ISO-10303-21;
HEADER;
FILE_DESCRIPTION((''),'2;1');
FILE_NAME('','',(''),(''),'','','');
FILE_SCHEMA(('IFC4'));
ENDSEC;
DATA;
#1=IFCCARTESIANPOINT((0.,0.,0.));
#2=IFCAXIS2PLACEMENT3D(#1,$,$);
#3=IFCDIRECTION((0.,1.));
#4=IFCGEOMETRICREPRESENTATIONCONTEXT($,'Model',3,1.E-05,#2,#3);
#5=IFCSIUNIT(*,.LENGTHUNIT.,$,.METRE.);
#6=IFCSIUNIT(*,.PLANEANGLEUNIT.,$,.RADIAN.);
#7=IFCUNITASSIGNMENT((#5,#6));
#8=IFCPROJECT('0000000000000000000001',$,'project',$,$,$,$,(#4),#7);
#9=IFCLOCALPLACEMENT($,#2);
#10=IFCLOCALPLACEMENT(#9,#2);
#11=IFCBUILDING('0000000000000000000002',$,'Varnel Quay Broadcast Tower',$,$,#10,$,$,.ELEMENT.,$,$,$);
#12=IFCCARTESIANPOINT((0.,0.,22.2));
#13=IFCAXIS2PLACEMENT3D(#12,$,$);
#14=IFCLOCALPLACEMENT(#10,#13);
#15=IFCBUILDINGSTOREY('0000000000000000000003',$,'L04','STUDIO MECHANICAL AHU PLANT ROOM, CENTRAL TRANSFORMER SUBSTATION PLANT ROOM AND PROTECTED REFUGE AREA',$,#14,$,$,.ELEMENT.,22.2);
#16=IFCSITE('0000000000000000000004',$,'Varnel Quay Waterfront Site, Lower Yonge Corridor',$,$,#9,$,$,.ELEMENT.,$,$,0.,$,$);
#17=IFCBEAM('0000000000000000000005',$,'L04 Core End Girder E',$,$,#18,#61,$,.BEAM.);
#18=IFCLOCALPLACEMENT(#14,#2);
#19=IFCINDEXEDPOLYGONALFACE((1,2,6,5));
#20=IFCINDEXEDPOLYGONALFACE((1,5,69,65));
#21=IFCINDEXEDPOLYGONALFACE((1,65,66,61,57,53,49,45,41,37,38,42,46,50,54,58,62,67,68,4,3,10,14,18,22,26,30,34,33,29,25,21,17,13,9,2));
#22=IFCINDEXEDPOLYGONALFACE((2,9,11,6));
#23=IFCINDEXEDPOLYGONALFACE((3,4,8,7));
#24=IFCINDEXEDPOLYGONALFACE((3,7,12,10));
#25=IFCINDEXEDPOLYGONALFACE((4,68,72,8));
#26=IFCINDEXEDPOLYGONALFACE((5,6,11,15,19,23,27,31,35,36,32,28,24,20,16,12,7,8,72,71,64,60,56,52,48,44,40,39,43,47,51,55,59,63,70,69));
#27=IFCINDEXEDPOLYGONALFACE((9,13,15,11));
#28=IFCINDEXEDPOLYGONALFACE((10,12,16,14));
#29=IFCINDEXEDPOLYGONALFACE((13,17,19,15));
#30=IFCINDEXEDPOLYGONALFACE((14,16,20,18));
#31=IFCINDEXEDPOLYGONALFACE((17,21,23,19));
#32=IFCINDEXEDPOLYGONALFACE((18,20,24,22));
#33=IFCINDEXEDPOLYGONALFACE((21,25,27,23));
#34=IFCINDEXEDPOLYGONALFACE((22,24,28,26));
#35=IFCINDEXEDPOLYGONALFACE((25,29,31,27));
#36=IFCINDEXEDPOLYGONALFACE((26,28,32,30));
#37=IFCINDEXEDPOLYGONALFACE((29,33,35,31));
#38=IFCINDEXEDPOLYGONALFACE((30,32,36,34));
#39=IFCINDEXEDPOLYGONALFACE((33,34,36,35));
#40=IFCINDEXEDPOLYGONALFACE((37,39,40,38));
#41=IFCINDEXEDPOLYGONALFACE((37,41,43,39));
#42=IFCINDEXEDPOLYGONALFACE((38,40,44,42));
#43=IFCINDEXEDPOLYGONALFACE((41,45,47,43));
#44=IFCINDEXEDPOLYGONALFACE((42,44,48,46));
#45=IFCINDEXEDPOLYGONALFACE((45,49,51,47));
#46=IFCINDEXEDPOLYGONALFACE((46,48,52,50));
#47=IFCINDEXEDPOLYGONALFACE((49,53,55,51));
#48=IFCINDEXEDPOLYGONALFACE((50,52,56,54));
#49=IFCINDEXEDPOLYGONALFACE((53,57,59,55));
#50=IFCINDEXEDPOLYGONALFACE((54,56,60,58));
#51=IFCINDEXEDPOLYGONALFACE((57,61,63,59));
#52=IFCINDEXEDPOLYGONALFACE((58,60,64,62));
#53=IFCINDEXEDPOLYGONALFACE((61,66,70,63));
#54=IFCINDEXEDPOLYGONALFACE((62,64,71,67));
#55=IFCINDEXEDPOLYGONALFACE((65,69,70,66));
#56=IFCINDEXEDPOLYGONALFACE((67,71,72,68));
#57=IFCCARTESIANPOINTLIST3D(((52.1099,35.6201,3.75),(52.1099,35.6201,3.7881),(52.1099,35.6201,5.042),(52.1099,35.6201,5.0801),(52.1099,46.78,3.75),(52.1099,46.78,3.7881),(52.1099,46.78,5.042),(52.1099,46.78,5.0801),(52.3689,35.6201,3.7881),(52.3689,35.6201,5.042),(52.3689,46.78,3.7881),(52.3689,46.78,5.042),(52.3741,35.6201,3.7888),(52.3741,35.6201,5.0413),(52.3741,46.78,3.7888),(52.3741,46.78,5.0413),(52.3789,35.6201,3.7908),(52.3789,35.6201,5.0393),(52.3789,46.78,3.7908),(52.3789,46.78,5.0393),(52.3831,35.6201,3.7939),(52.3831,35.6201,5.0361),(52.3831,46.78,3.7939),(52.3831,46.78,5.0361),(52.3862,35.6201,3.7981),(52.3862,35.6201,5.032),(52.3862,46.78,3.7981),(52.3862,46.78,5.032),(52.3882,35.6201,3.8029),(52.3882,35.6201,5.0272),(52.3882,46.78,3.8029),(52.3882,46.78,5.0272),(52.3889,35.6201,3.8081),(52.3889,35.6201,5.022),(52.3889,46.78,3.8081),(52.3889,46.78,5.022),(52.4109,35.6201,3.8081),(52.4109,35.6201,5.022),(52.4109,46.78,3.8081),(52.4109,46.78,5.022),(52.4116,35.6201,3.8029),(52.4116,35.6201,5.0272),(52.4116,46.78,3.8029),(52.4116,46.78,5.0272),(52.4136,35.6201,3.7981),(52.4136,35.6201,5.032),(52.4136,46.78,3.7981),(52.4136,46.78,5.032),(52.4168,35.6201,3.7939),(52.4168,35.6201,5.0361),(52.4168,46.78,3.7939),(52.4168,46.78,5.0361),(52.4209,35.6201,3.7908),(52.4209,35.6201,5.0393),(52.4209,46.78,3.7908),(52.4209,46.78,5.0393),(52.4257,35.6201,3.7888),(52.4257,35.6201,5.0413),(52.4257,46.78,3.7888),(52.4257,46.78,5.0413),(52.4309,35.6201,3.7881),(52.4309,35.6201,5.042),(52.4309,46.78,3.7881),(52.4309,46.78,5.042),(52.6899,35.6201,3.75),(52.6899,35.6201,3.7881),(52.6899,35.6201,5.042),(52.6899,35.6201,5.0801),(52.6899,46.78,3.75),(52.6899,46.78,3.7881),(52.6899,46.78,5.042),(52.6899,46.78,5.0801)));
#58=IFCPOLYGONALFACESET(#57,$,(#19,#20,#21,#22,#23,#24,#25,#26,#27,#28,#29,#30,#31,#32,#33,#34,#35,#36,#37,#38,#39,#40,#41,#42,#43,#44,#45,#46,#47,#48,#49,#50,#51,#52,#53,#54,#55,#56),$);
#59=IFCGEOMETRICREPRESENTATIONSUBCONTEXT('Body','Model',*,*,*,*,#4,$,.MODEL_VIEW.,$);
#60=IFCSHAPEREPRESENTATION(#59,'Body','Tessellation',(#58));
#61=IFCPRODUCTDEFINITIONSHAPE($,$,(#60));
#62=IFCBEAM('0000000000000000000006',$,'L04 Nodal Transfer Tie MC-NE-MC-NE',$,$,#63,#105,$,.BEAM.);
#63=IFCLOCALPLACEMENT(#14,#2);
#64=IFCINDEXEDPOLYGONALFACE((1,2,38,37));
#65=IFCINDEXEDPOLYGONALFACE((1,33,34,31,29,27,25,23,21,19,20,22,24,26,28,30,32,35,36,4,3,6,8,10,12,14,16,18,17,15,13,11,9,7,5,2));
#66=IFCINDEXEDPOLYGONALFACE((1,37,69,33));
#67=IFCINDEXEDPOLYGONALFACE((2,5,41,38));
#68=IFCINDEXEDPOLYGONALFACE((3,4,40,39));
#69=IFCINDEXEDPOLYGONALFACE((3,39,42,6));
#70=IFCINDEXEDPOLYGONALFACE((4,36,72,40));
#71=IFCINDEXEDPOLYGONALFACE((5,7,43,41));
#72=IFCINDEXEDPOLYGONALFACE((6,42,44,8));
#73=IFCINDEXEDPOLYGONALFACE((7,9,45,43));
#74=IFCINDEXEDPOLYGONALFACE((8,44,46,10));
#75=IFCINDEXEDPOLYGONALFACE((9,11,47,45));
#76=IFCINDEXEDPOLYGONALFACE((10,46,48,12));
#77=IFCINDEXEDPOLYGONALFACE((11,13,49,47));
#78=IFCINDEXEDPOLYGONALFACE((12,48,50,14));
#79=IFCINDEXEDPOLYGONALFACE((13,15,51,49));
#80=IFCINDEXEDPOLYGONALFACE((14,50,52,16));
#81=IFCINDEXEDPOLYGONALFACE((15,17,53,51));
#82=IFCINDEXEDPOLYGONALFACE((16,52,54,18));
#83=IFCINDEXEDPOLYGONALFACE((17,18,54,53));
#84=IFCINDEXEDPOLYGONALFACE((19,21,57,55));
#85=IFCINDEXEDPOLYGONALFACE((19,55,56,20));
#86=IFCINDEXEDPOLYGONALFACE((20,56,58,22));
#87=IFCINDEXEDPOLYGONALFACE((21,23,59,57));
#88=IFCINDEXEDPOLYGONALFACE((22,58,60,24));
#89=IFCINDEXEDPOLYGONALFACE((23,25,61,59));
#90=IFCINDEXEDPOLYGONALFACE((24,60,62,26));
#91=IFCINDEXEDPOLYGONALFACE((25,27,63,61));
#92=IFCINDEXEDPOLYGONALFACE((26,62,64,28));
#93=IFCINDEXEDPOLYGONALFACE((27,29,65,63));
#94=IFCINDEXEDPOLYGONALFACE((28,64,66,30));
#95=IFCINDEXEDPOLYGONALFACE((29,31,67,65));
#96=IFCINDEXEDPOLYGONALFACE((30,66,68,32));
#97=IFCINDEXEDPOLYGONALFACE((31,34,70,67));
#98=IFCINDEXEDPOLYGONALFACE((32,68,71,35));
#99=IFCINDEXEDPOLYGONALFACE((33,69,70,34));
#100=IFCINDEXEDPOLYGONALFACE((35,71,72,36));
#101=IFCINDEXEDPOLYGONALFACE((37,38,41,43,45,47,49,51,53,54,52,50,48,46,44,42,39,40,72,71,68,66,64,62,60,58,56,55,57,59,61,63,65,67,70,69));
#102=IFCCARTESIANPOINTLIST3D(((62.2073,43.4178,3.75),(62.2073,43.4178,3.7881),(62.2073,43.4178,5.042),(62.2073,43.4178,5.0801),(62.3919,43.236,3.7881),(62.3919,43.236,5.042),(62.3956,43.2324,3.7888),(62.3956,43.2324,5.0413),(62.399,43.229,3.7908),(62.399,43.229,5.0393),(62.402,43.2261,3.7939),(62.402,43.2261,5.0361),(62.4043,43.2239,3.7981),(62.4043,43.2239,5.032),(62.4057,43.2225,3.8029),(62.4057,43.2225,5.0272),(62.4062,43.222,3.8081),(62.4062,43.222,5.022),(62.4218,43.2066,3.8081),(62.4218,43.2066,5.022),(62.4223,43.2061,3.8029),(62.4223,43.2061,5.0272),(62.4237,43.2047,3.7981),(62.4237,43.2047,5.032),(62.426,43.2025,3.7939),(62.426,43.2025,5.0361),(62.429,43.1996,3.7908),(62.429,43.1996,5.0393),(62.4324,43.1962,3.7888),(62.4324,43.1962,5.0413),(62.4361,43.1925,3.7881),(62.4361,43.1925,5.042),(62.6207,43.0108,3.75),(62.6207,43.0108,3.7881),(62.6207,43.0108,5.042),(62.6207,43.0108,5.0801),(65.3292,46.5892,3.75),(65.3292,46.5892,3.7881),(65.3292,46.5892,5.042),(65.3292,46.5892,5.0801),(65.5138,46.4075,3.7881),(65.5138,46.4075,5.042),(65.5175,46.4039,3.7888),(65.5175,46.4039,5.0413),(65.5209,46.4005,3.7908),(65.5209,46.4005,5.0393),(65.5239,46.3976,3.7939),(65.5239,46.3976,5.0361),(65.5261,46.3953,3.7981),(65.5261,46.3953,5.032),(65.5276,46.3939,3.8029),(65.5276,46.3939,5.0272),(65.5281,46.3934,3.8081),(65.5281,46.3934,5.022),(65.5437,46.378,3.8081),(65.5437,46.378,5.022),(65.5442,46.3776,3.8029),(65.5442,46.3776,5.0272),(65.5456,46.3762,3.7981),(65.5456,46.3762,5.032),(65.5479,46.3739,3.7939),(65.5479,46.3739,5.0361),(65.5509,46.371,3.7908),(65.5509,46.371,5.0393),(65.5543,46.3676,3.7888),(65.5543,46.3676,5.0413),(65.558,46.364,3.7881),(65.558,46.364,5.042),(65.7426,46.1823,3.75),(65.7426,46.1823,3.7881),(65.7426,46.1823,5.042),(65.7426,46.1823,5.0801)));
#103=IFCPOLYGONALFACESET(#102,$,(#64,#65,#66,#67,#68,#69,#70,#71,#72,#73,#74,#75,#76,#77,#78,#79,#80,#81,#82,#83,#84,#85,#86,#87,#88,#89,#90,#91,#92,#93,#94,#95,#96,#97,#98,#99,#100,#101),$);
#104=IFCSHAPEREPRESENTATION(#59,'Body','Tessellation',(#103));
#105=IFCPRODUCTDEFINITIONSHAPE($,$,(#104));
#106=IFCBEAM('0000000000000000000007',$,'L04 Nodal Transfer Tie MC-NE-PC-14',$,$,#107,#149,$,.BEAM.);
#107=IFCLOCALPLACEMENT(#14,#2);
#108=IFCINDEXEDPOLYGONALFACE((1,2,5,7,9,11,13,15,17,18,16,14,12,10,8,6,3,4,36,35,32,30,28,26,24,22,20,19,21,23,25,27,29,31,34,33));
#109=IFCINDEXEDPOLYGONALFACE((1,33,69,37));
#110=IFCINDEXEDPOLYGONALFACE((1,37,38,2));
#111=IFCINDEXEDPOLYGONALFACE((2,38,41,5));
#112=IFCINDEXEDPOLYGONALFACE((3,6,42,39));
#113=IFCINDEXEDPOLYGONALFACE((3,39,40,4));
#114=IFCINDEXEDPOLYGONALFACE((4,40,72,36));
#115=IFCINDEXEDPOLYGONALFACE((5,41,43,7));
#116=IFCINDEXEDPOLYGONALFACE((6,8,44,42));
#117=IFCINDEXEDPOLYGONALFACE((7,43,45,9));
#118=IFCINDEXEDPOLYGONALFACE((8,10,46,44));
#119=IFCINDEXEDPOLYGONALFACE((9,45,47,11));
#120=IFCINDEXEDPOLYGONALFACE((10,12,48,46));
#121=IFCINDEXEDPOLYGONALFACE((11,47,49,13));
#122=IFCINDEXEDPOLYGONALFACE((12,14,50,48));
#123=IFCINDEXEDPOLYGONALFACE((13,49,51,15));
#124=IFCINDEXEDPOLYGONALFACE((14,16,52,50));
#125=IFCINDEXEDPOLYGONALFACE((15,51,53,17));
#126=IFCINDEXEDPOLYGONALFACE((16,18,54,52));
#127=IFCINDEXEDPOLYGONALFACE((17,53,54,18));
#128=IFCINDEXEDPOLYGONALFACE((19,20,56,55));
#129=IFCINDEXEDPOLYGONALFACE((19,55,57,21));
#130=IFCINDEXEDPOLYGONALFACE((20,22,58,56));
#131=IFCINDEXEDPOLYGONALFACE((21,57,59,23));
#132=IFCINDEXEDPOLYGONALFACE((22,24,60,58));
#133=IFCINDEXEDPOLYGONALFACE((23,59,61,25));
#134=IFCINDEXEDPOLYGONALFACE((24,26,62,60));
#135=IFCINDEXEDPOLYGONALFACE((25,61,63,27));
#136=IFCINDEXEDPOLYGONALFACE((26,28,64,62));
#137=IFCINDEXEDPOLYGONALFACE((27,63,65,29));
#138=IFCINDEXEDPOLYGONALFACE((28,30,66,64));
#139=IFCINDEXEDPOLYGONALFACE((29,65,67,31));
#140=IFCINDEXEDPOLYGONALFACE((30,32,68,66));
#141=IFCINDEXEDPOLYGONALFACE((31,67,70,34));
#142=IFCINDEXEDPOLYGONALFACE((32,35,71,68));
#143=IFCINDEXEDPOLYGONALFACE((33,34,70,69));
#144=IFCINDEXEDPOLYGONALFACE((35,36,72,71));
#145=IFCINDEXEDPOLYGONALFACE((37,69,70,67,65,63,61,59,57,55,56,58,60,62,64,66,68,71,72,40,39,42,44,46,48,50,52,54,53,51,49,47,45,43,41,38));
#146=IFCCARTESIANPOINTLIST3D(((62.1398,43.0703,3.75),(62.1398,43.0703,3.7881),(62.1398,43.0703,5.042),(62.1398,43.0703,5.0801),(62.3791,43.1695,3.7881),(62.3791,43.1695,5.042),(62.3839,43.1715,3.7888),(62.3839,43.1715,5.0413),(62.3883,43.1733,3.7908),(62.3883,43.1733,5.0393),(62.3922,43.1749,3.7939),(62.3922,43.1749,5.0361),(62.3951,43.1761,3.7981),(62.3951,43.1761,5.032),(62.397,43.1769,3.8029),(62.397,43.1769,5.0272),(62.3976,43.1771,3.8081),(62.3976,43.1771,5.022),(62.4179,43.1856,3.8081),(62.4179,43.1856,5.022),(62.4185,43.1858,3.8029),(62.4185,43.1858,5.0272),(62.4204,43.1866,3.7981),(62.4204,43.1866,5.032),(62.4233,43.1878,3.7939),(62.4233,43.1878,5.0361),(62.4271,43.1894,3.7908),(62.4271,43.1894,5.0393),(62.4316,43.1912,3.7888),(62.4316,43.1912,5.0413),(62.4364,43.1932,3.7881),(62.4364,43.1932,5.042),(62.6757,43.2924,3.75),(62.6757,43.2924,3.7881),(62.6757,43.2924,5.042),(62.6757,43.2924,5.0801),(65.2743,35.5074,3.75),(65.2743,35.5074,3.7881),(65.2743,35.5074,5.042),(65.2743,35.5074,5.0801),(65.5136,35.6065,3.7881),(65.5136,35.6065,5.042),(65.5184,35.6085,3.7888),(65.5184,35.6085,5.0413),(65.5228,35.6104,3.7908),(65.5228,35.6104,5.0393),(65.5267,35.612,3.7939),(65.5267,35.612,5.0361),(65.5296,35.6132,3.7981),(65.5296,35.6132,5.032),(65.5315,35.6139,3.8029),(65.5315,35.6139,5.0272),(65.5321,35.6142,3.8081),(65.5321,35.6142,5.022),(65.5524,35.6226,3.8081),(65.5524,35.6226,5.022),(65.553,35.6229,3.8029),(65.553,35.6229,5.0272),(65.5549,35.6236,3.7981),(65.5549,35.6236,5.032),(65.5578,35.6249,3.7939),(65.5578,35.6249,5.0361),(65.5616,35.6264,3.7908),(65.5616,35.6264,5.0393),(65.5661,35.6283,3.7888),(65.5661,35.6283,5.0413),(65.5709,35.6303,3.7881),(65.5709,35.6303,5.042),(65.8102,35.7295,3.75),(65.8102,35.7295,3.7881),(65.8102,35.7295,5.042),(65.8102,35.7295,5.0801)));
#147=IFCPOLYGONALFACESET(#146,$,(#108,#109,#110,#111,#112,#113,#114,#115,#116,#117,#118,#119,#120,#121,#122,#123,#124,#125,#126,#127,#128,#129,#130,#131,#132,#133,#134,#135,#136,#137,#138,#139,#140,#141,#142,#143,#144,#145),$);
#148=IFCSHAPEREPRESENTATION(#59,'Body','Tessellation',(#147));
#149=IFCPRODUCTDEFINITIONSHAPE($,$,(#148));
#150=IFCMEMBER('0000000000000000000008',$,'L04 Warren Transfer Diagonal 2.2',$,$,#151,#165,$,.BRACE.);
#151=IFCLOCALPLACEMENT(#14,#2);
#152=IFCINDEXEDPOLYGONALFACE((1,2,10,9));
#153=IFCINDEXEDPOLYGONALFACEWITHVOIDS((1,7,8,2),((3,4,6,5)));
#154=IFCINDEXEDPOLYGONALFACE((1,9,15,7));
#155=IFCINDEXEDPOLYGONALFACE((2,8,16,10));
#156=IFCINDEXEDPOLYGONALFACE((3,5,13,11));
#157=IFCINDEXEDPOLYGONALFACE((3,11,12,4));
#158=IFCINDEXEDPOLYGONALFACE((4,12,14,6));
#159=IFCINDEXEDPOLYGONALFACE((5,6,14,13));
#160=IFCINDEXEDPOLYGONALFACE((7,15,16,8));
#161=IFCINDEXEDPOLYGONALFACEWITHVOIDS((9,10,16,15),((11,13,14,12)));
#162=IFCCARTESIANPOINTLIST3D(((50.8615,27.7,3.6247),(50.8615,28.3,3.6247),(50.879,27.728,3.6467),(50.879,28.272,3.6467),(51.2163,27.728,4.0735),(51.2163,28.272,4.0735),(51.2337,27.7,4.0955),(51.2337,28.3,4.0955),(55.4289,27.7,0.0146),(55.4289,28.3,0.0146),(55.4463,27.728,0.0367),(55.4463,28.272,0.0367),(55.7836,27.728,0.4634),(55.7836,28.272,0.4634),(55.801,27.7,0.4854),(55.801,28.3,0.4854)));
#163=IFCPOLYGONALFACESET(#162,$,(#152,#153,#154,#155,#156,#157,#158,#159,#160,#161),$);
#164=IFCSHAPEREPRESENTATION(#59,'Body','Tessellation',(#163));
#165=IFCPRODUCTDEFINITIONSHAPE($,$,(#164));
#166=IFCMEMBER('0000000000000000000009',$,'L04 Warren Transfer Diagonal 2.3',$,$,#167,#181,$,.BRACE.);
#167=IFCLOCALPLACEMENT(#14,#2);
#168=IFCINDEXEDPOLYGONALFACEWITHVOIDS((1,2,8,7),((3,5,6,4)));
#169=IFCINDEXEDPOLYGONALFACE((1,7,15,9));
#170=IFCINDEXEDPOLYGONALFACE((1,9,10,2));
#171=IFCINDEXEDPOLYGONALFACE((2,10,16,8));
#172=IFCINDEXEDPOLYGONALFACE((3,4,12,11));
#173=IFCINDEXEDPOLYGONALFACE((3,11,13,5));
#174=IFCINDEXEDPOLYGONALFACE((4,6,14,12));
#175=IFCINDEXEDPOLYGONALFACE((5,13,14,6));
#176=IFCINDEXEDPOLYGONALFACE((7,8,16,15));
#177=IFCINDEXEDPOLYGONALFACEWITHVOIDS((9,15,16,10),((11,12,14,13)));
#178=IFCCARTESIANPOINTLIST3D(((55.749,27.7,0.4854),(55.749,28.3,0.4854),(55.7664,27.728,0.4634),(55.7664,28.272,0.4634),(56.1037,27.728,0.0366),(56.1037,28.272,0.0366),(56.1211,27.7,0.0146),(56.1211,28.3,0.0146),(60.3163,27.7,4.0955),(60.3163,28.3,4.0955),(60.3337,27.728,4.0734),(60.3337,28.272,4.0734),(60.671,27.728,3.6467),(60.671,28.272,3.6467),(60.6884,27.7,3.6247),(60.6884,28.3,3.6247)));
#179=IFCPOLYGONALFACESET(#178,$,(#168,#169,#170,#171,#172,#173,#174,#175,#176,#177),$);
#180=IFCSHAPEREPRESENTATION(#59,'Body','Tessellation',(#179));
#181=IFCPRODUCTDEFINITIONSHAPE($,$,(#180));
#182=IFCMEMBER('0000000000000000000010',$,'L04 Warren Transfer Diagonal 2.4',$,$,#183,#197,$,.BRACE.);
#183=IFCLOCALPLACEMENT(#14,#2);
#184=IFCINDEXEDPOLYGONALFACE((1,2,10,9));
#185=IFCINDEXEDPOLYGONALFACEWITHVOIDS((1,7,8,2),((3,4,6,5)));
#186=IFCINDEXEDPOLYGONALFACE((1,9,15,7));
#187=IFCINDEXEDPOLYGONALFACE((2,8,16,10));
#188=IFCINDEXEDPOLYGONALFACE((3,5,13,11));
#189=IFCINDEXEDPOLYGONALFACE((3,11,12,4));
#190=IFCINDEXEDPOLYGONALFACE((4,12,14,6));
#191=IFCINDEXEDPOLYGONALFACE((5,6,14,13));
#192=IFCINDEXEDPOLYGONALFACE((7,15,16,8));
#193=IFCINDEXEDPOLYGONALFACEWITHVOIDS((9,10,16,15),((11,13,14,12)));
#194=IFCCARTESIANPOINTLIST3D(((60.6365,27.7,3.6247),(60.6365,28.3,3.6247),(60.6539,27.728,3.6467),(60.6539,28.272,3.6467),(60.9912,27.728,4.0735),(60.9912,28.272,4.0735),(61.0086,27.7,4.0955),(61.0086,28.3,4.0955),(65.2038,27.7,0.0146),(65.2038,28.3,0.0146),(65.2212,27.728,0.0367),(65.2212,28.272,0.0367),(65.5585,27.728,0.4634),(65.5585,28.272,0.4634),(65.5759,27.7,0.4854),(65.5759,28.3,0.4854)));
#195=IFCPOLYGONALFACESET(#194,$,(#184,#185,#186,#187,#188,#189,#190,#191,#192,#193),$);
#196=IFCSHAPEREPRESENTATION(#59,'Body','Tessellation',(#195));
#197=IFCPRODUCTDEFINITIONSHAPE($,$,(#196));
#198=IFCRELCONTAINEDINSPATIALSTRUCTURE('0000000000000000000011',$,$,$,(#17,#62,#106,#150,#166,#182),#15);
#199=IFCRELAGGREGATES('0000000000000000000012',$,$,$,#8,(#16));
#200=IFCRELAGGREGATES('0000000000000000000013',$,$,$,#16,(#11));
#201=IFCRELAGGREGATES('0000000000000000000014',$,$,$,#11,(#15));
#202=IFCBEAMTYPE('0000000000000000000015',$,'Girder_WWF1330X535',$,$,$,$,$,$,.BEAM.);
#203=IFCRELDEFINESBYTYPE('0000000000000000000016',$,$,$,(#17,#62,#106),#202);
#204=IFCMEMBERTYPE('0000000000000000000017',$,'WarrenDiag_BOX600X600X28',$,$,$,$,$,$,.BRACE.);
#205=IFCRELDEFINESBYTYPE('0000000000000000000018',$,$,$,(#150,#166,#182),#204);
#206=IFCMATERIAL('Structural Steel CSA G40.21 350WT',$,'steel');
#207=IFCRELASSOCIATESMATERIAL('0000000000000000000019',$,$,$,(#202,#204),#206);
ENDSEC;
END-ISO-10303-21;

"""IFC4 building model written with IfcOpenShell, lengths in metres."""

from ifc_helpers import new_model, si_unit, direction, frame, origin, origin_2d, place, context, subcontext, project, spatial, hollow_rectangle, i_section, extrude, source, transform, mapped, material, material_profile, profile_set, type_object, type_shapes, element, save


model = new_model("IFC4")

# Units and contexts
model_context = context("Model", 3, precision=1e-05, world=origin(), true_north=direction((0.0, 1.0)))
body_context = subcontext(model_context, "Body", "Model", "MODEL_VIEW")
ifc_project = project(units=[si_unit("LENGTHUNIT", "METRE"), si_unit("PLANEANGLEUNIT", "RADIAN")], contexts=[model_context])

# Site, building, storey
site_placement = place(None, origin())
site = spatial("IfcSite", under=ifc_project, at=site_placement, Name="Varnel Quay Waterfront Site, Lower Yonge Corridor", CompositionType="ELEMENT", RefElevation=0.0)
building_placement = place(site_placement, origin())
building = spatial("IfcBuilding", under=site, at=building_placement, Name="Varnel Quay Broadcast Tower", CompositionType="ELEMENT")
storey_placement = place(building_placement, frame((0.0, 0.0, 22.2)))
storey = spatial("IfcBuildingStorey", under=building, at=storey_placement, Name="L04", Description="STUDIO MECHANICAL AHU PLANT ROOM, CENTRAL TRANSFORMER SUBSTATION PLANT ROOM AND PROTECTED REFUGE AREA", CompositionType="ELEMENT", Elevation=22.2)

# Shared definitions
ifc_material_1 = material(Name="Structural Steel CSA G40.21 350WT", Category="steel")

# Beams
ifc_material_profile_1 = material_profile(ifc_material_1, i_section(OverallWidth=0.5801, OverallDepth=1.3301, WebThickness=0.022, FlangeThickness=0.0381, FilletRadius=0.02, at=origin_2d()), Name="WWF1330X535")
ifc_profile_set_1 = profile_set([ifc_material_profile_1], Name="Structural Steel CSA G40.21 350WT")
beam_type = type_object("IfcBeamType", Name="Girder_WWF1330X535", PredefinedType="BEAM", material=ifc_profile_set_1)
shared_shape_1 = source(origin(), body_context, "Body", "SweptSolid", [
    extrude(i_section(OverallWidth=0.5801, OverallDepth=1.3301, WebThickness=0.022, FlangeThickness=0.0381, FilletRadius=0.02, at=origin_2d()), origin(), (0.0, 0.0, 1.0), 11.1599),
])
beam_1_placement = place(storey_placement, frame((52.3999, 35.6201, 4.415), z_axis=(0.0, 1.0, 0.0), x_axis=(-1.0, 0.0, 0.0)))
element("IfcBeam", 1, at=beam_1_placement, inside=storey, type_object=beam_type, Name="L04 Core End Girder E", PredefinedType="BEAM", context=body_context, shape_type="MappedRepresentation", body=[
    mapped(shared_shape_1, transform((0.0, 0.0, 0.0), x_axis=(1.0, 0.0, 0.0), y_axis=(0.0, 1.0, 0.0), z_axis=(0.0, 0.0, 1.0), scale=1.0)),
])
shared_shape_2 = source(origin(), body_context, "Body", "SweptSolid", [
    extrude(i_section(OverallWidth=0.5801, OverallDepth=1.3301, WebThickness=0.022, FlangeThickness=0.0381, FilletRadius=0.02, at=origin_2d()), origin(), (0.0, 0.0, 1.0), 4.4502),
])
beam_2_placement = place(storey_placement, frame((65.5359, 46.3857, 4.415), z_axis=(-0.701516, -0.712653, 0.0), x_axis=(0.712653, -0.701516, 0.0)))
element("IfcBeam", 2, at=beam_2_placement, inside=storey, type_object=beam_type, Name="L04 Nodal Transfer Tie MC-NE-MC-NE", PredefinedType="BEAM", context=body_context, shape_type="MappedRepresentation", body=[
    mapped(shared_shape_2, transform((0.0, 0.0, 0.0), x_axis=(1.0, 0.0, 0.0), y_axis=(0.0, 1.0, 0.0), z_axis=(0.0, 0.0, 1.0), scale=1.0)),
])
shared_shape_3 = source(origin(), body_context, "Body", "SweptSolid", [
    extrude(i_section(OverallWidth=0.5801, OverallDepth=1.3301, WebThickness=0.022, FlangeThickness=0.0381, FilletRadius=0.02, at=origin_2d()), origin(), (0.0, 0.0, 1.0), 8.1868),
])
beam_3_placement = place(storey_placement, frame((65.5422, 35.6184, 4.415), z_axis=(-0.382874, 0.923801, 0.0), x_axis=(-0.923801, -0.382874, 0.0)))
element("IfcBeam", 3, at=beam_3_placement, inside=storey, type_object=beam_type, Name="L04 Nodal Transfer Tie MC-NE-PC-14", PredefinedType="BEAM", context=body_context, shape_type="MappedRepresentation", body=[
    mapped(shared_shape_3, transform((0.0, 0.0, 0.0), x_axis=(1.0, 0.0, 0.0), y_axis=(0.0, 1.0, 0.0), z_axis=(0.0, 0.0, 1.0), scale=1.0)),
])

# Members
ifc_material_profile_2 = material_profile(ifc_material_1, hollow_rectangle(XDim=0.6001, YDim=0.6001, WallThickness=0.0281, at=origin_2d()), Name="BOX600X600X28")
ifc_profile_set_2 = profile_set([ifc_material_profile_2], Name="Structural Steel CSA G40.21 350WT")
member_type = type_object("IfcMemberType", Name="WarrenDiag_BOX600X600X28", PredefinedType="BRACE", material=ifc_profile_set_2)
shared_shape_4 = source(origin(), body_context, "Body", "SweptSolid", [
    extrude(hollow_rectangle(XDim=0.6001, YDim=0.6001, WallThickness=0.0281, at=origin_2d()), origin(), (0.0, 0.0, 1.0), 5.8218),
])
type_shapes(member_type, [shared_shape_4])
for number, where, z_axis, x_axis, name in (
    (4, (51.0476, 28.0, 3.8601), (0.784525, 0.0, -0.620097), (0.0, 1.0, 0.0), "L04 Warren Transfer Diagonal 2.2"),
    (5, (55.9351, 28.0, 0.25), (0.784525, 0.0, 0.620097), (0.0, 1.0, 0.0), "L04 Warren Transfer Diagonal 2.3"),
    (6, (60.8225, 28.0, 3.8601), (0.784525, 0.0, -0.620097), (0.0, 1.0, 0.0), "L04 Warren Transfer Diagonal 2.4"),
):
    element("IfcMember", number, at=place(storey_placement, frame(where, z_axis=z_axis, x_axis=x_axis)), inside=storey, type_object=member_type, Name=name, PredefinedType="BRACE", context=body_context, shape_type="MappedRepresentation", body=[
        mapped(shared_shape_4, transform((0.0, 0.0, 0.0), x_axis=(1.0, 0.0, 0.0), y_axis=(0.0, 1.0, 0.0), z_axis=(0.0, 0.0, 1.0), scale=1.0)),
    ])

save(model, "model.ifc")
